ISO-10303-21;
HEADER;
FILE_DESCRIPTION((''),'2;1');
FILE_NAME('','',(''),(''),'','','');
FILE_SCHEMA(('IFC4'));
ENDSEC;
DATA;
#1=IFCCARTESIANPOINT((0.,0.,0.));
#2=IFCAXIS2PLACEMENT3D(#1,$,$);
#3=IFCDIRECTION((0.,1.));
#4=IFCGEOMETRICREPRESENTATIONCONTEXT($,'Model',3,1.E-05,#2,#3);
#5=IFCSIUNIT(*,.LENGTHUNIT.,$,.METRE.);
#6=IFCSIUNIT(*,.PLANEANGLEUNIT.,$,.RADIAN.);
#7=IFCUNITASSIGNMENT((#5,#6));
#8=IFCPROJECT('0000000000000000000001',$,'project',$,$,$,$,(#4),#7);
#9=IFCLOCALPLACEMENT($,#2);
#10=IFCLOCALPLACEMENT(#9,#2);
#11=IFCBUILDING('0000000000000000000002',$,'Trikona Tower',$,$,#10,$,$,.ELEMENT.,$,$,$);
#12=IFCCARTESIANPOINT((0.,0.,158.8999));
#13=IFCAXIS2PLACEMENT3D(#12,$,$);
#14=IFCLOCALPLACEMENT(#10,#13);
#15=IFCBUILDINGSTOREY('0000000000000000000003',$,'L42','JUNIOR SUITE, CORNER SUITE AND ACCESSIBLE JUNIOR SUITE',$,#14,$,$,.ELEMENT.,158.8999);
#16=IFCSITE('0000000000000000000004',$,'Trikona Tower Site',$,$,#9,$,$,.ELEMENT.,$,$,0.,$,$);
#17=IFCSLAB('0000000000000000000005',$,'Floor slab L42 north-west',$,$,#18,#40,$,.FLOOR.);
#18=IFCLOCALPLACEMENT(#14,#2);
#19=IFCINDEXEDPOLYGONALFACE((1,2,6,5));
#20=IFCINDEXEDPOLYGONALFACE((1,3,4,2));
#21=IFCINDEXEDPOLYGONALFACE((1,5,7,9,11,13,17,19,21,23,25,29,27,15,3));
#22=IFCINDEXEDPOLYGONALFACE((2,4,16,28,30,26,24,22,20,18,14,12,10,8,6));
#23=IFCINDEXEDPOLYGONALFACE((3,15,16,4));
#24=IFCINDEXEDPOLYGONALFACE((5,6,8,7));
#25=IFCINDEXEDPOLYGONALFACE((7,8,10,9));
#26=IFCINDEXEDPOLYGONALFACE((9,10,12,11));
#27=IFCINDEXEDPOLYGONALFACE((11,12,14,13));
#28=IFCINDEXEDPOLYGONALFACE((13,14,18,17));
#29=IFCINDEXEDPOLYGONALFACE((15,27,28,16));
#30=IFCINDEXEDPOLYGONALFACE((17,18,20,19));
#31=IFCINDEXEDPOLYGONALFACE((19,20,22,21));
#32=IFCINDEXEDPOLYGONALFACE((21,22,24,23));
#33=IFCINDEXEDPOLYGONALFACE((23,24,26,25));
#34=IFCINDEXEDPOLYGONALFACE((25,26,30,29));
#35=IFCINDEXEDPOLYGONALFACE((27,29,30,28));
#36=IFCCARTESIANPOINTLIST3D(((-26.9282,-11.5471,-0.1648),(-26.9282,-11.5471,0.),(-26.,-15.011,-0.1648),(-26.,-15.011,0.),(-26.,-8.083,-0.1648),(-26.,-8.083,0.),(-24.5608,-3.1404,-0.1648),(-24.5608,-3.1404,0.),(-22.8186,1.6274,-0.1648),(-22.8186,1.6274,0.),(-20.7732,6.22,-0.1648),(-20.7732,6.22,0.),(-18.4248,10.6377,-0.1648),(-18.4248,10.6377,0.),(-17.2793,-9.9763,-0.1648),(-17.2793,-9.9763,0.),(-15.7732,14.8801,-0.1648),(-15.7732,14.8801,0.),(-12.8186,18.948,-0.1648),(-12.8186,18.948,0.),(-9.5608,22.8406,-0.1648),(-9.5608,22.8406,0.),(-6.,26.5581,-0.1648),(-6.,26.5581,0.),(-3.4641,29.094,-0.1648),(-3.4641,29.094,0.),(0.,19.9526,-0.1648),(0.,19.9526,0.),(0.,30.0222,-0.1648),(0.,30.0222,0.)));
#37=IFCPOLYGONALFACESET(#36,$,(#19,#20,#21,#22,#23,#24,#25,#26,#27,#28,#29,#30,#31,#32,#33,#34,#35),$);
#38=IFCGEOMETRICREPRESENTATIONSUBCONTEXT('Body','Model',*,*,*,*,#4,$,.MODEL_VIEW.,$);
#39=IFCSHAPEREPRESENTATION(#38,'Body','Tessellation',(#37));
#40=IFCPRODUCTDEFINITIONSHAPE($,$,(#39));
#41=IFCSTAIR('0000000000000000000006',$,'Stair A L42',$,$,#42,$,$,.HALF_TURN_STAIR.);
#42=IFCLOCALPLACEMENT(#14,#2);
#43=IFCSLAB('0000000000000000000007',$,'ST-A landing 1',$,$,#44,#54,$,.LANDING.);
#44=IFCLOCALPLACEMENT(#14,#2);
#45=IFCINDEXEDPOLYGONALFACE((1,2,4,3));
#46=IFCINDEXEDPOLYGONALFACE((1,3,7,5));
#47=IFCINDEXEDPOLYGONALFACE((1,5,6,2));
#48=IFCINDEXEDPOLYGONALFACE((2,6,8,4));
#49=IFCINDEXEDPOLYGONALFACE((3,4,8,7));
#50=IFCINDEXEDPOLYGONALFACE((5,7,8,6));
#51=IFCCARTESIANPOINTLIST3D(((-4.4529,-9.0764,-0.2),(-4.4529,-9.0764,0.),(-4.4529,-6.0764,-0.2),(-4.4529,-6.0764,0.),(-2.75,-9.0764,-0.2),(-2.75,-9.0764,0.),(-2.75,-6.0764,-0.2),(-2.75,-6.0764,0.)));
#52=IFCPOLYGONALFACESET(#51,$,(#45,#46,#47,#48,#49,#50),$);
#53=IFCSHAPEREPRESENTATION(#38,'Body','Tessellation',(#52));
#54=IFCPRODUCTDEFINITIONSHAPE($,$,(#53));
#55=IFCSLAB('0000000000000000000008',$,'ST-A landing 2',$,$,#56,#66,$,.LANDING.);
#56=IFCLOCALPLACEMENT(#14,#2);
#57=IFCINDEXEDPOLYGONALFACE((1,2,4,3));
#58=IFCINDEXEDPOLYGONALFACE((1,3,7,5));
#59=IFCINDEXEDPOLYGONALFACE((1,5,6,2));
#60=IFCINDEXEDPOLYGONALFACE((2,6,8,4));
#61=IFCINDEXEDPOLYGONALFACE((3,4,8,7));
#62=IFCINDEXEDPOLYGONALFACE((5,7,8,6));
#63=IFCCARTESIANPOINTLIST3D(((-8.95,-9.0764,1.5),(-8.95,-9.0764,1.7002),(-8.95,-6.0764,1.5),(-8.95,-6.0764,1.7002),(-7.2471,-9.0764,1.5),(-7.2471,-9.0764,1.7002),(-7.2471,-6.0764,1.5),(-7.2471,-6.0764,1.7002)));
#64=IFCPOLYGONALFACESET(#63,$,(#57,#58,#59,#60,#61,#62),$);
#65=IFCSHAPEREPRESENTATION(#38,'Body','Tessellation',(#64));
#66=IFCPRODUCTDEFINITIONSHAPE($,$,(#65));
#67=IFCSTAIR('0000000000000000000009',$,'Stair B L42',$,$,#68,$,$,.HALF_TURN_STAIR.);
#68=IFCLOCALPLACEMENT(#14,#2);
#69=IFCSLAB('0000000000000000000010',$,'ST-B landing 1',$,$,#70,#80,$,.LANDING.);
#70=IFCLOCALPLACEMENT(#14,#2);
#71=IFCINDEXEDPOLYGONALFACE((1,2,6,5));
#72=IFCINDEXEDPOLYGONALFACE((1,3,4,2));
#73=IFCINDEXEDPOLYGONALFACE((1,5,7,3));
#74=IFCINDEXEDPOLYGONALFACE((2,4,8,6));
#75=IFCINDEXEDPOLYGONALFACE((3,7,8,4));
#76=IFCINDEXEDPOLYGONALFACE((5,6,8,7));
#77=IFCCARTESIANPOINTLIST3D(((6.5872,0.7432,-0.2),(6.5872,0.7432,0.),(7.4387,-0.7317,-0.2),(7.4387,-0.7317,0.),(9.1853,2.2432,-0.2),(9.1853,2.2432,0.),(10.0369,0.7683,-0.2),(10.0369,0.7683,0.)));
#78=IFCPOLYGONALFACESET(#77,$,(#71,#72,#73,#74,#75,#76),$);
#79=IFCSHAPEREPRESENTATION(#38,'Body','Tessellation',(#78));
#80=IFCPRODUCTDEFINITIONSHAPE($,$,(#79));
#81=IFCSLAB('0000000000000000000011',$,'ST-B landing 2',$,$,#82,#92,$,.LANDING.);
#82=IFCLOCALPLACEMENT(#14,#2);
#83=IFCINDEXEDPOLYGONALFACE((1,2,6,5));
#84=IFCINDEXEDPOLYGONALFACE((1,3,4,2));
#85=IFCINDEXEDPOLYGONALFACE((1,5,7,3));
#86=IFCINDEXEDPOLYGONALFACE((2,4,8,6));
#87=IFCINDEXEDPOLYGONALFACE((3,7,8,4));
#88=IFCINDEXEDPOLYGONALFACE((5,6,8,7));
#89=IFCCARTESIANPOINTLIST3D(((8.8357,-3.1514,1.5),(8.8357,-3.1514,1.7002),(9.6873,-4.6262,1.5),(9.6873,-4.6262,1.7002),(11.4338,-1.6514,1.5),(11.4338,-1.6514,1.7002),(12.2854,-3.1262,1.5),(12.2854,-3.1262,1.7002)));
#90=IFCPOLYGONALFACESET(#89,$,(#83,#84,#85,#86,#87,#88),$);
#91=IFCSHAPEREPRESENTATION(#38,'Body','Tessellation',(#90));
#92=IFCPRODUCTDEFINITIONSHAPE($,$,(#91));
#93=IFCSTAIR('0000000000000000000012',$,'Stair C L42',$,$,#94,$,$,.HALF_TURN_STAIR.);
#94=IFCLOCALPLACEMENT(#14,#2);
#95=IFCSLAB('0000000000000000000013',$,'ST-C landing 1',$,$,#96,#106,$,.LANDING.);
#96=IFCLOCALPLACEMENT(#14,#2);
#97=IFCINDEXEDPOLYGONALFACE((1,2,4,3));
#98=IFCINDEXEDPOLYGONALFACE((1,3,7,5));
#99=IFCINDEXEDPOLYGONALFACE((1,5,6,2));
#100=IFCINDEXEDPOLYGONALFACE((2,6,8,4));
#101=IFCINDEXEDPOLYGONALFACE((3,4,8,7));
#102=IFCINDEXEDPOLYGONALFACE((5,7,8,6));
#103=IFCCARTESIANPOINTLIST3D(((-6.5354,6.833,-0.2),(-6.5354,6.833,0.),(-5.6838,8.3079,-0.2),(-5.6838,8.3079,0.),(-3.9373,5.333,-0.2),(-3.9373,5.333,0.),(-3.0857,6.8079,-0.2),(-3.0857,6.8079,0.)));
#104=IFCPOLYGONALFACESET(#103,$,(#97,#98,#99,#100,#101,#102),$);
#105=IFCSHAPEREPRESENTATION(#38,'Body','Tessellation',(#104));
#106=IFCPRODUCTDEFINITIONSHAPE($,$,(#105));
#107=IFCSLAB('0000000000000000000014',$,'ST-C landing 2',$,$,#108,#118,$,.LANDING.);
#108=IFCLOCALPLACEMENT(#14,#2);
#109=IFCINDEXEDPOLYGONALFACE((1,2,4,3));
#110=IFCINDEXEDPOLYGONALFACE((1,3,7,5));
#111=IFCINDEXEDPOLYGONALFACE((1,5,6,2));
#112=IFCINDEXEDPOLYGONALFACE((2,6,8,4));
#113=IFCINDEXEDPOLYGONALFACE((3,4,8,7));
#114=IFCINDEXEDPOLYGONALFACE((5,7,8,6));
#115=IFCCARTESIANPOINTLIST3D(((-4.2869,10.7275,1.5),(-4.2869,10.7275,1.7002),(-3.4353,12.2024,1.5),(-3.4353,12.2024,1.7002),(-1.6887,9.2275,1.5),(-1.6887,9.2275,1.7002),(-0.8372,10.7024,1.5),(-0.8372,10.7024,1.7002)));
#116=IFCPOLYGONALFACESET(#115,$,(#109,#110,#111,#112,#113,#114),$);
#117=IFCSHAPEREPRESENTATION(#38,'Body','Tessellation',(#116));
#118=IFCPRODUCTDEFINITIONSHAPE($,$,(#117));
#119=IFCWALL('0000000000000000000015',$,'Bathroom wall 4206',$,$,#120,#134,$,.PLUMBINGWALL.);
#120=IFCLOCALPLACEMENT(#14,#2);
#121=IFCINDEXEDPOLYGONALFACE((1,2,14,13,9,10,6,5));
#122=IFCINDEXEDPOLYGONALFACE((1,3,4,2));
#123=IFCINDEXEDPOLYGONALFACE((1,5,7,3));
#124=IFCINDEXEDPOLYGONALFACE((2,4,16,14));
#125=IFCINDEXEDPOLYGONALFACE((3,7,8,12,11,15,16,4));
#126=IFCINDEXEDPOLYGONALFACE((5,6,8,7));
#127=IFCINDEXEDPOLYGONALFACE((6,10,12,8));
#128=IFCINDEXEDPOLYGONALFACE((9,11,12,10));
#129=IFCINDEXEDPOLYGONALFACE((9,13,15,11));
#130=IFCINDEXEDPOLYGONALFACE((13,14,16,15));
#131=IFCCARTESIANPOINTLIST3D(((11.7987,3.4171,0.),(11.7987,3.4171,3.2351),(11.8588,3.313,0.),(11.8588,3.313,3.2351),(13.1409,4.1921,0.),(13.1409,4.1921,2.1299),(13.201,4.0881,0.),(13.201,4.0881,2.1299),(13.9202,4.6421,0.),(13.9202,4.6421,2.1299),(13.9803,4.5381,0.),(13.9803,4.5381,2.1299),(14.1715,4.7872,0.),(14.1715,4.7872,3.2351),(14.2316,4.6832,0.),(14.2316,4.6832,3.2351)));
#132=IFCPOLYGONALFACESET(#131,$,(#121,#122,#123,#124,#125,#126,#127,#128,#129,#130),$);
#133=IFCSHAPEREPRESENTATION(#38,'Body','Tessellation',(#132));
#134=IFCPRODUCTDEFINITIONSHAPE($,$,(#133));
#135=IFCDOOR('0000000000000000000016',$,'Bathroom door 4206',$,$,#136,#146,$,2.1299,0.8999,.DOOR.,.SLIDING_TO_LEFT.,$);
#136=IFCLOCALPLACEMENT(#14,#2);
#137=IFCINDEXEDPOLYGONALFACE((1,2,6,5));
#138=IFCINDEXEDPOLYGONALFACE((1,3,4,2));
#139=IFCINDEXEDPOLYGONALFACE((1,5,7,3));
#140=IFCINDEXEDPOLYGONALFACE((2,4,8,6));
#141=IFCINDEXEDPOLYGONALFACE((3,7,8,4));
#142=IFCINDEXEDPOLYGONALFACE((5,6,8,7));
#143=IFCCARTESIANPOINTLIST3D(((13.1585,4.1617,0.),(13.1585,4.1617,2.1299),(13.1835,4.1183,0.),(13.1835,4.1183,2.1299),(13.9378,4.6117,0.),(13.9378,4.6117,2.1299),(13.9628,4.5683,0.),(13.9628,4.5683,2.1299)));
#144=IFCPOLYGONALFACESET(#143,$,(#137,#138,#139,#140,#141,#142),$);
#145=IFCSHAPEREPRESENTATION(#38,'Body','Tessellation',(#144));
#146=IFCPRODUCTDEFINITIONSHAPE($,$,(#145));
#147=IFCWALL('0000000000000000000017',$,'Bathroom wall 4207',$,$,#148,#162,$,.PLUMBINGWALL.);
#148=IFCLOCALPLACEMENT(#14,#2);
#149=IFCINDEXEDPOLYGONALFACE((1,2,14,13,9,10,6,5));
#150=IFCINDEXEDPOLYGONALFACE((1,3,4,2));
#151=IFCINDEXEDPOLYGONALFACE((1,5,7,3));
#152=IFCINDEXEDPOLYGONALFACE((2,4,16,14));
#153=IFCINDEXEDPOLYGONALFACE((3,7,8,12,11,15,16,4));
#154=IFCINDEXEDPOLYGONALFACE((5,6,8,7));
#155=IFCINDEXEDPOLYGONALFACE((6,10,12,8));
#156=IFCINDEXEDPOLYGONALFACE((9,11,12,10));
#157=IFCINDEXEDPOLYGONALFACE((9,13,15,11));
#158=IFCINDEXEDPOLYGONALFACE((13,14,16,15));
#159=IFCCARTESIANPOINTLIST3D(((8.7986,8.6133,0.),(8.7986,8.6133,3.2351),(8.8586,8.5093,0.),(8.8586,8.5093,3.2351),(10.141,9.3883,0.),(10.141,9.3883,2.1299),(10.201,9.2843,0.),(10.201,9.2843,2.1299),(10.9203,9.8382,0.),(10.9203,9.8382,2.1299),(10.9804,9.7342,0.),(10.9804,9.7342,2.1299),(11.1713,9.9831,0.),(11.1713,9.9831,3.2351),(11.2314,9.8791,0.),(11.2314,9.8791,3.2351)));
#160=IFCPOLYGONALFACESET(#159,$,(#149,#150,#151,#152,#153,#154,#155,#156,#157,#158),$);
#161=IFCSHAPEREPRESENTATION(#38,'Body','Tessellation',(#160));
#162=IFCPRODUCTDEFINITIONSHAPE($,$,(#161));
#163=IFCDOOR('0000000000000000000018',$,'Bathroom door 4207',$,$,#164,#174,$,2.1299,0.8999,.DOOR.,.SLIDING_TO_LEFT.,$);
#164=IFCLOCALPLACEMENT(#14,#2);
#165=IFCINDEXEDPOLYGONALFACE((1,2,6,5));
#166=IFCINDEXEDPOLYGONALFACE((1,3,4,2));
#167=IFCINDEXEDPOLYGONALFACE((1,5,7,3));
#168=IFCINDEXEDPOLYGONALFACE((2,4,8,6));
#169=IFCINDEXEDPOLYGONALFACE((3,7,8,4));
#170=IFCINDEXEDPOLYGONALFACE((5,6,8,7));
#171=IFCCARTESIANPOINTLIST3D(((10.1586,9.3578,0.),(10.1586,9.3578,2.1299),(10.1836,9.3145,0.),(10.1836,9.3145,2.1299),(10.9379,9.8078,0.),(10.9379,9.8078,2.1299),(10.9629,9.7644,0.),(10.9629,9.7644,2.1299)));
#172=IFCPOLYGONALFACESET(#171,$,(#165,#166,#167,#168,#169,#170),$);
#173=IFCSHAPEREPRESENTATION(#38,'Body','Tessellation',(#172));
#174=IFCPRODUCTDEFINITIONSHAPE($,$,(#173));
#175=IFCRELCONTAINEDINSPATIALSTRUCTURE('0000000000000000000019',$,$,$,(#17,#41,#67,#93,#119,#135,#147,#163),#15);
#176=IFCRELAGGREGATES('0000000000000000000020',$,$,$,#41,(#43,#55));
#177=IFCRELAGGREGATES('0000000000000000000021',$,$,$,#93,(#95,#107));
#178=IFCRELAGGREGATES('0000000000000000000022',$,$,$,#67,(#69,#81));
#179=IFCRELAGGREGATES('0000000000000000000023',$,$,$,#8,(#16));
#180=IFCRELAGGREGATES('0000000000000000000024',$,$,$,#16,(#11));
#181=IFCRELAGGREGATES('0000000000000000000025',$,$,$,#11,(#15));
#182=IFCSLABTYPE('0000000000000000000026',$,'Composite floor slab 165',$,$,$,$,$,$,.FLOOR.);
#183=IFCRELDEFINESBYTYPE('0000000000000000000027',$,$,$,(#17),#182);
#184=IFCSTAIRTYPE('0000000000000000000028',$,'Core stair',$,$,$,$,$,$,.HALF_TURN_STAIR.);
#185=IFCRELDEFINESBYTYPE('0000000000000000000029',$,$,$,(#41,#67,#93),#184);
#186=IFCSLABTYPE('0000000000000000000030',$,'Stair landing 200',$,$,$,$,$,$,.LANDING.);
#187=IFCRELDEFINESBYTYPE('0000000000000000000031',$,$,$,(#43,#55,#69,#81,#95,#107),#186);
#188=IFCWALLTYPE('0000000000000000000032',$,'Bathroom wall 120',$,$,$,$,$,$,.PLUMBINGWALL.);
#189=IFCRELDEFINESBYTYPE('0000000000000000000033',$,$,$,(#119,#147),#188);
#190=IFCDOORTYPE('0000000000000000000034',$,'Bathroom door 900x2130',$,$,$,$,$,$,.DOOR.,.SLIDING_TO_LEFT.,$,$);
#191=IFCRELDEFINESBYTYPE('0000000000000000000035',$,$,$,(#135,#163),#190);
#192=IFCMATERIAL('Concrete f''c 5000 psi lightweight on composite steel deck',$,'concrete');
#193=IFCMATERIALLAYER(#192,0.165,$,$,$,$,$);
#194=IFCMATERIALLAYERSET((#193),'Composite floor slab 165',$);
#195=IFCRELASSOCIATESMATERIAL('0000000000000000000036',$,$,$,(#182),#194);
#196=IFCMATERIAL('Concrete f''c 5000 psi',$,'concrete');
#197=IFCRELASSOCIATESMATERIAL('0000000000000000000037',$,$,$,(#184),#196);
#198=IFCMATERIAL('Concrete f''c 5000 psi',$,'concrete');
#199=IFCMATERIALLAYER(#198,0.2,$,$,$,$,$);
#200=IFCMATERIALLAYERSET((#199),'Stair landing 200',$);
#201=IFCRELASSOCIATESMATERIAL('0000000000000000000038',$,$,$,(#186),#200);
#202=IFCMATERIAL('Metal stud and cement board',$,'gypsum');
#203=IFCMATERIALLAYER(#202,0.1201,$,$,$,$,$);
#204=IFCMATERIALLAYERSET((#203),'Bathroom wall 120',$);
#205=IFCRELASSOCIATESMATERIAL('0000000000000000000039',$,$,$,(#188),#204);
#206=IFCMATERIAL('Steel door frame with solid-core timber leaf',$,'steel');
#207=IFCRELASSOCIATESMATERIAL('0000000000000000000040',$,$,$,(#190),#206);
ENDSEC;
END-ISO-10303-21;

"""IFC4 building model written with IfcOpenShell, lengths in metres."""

from ifc_helpers import new_model, si_unit, direction, frame, frame_2d, origin, place, context, subcontext, project, spatial, polyline, rectangle, outline, extrude, material, layer, layer_set, type_object, element, fill, aggregate, save


model = new_model("IFC4")

# Units and contexts
model_context = context("Model", 3, precision=1e-05, world=origin(), true_north=direction((0.0, 1.0)))
body_context = subcontext(model_context, "Body", "Model", "MODEL_VIEW")
ifc_project = project(units=[si_unit("LENGTHUNIT", "METRE"), si_unit("PLANEANGLEUNIT", "RADIAN")], contexts=[model_context])

# Site, building, storey
site_placement = place(None, origin())
site = spatial("IfcSite", under=ifc_project, at=site_placement, Name="Trikona Tower Site", CompositionType="ELEMENT", RefElevation=0.0)
building_placement = place(site_placement, origin())
building = spatial("IfcBuilding", under=site, at=building_placement, Name="Trikona Tower", CompositionType="ELEMENT")
storey_placement = place(building_placement, frame((0.0, 0.0, 158.8999)))
storey = spatial("IfcBuildingStorey", under=building, at=storey_placement, Name="L42", Description="JUNIOR SUITE, CORNER SUITE AND ACCESSIBLE JUNIOR SUITE", CompositionType="ELEMENT", Elevation=158.8999)

# Slab
ifc_material_1 = material(Name="Concrete f'c 5000 psi lightweight on composite steel deck", Category="concrete")
ifc_layer_1 = layer(ifc_material_1, 0.165)
ifc_layer_set_1 = layer_set([ifc_layer_1], Name="Composite floor slab 165")
slab_type_1 = type_object("IfcSlabType", Name="Composite floor slab 165", PredefinedType="FLOOR", material=ifc_layer_set_1)
slab_1_placement = place(storey_placement, frame((0.0, 0.0, -0.1648)))
element("IfcSlab", 1, at=slab_1_placement, inside=storey, type_object=slab_type_1, Name="Floor slab L42 north-west", PredefinedType="FLOOR", context=body_context, shape_type="SweptSolid", body=[
    extrude(outline(polyline([(0.0, 19.9526), (0.0, 30.0222), (-3.4641, 29.094), (-6.0, 26.5581), (-9.5608, 22.8406), (-12.8186, 18.948), (-15.7732, 14.8801), (-18.4248, 10.6377), (-20.7732, 6.22), (-22.8186, 1.6274), (-24.5608, -3.1404), (-26.0, -8.083), (-26.9282, -11.5471), (-26.0, -15.011), (-17.2793, -9.9763), (0.0, 19.9526)])), origin(), (0.0, 0.0, 1.0), 0.1648),
])

# Stairs, slabs
ifc_material_2 = material(Name="Concrete f'c 5000 psi", Category="concrete")
stair_type = type_object("IfcStairType", Name="Core stair", PredefinedType="HALF_TURN_STAIR", material=ifc_material_2)
stair_1_placement = place(storey_placement, origin())
stair_1 = element("IfcStair", 2, at=stair_1_placement, inside=storey, type_object=stair_type, Name="Stair A L42", PredefinedType="HALF_TURN_STAIR")
ifc_material_3 = material(Name="Concrete f'c 5000 psi", Category="concrete")
ifc_layer_2 = layer(ifc_material_3, 0.2)
ifc_layer_set_2 = layer_set([ifc_layer_2], Name="Stair landing 200")
slab_type_2 = type_object("IfcSlabType", Name="Stair landing 200", PredefinedType="LANDING", material=ifc_layer_set_2)
slab_2_placement = place(storey_placement, frame((0.0, 0.0, -0.2)))
slab_2 = element("IfcSlab", 3, at=slab_2_placement, type_object=slab_type_2, Name="ST-A landing 1", PredefinedType="LANDING", context=body_context, shape_type="SweptSolid", body=[
    extrude(outline(polyline([(-4.4529, -6.0764), (-2.75, -6.0764), (-2.75, -9.0764), (-4.4529, -9.0764), (-4.4529, -6.0764)])), origin(), (0.0, 0.0, 1.0), 0.2),
])
slab_3_placement = place(storey_placement, frame((0.0, 0.0, 1.5)))
slab_3 = element("IfcSlab", 4, at=slab_3_placement, type_object=slab_type_2, Name="ST-A landing 2", PredefinedType="LANDING", context=body_context, shape_type="SweptSolid", body=[
    extrude(outline(polyline([(-8.95, -6.0764), (-7.2471, -6.0764), (-7.2471, -9.0764), (-8.95, -9.0764), (-8.95, -6.0764)])), origin(), (0.0, 0.0, 1.0), 0.2002),
])
aggregate(stair_1, [slab_2, slab_3])
stair_2_placement = place(storey_placement, origin())
stair_2 = element("IfcStair", 5, at=stair_2_placement, inside=storey, type_object=stair_type, Name="Stair B L42", PredefinedType="HALF_TURN_STAIR")
slab_4_placement = place(storey_placement, frame((0.0, 0.0, -0.2)))
slab_4 = element("IfcSlab", 6, at=slab_4_placement, type_object=slab_type_2, Name="ST-B landing 1", PredefinedType="LANDING", context=body_context, shape_type="SweptSolid", body=[
    extrude(outline(polyline([(7.4387, -0.7317), (6.5872, 0.7432), (9.1853, 2.2432), (10.0369, 0.7683), (7.4387, -0.7317)])), origin(), (0.0, 0.0, 1.0), 0.2),
])
slab_5_placement = place(storey_placement, frame((0.0, 0.0, 1.5)))
slab_5 = element("IfcSlab", 7, at=slab_5_placement, type_object=slab_type_2, Name="ST-B landing 2", PredefinedType="LANDING", context=body_context, shape_type="SweptSolid", body=[
    extrude(outline(polyline([(9.6873, -4.6262), (8.8357, -3.1514), (11.4338, -1.6514), (12.2854, -3.1262), (9.6873, -4.6262)])), origin(), (0.0, 0.0, 1.0), 0.2002),
])
stair_3_placement = place(storey_placement, origin())
stair_3 = element("IfcStair", 8, at=stair_3_placement, inside=storey, type_object=stair_type, Name="Stair C L42", PredefinedType="HALF_TURN_STAIR")
slab_6_placement = place(storey_placement, frame((0.0, 0.0, -0.2)))
slab_6 = element("IfcSlab", 9, at=slab_6_placement, type_object=slab_type_2, Name="ST-C landing 1", PredefinedType="LANDING", context=body_context, shape_type="SweptSolid", body=[
    extrude(outline(polyline([(-3.0857, 6.8079), (-3.9373, 5.333), (-6.5354, 6.833), (-5.6838, 8.3079), (-3.0857, 6.8079)])), origin(), (0.0, 0.0, 1.0), 0.2),
])
slab_7_placement = place(storey_placement, frame((0.0, 0.0, 1.5)))
slab_7 = element("IfcSlab", 10, at=slab_7_placement, type_object=slab_type_2, Name="ST-C landing 2", PredefinedType="LANDING", context=body_context, shape_type="SweptSolid", body=[
    extrude(outline(polyline([(-0.8372, 10.7024), (-1.6887, 9.2275), (-4.2869, 10.7275), (-3.4353, 12.2024), (-0.8372, 10.7024)])), origin(), (0.0, 0.0, 1.0), 0.2002),
])
aggregate(stair_3, [slab_6, slab_7])

# Walls, openings, doors
ifc_material_4 = material(Name="Metal stud and cement board", Category="gypsum")
ifc_layer_3 = layer(ifc_material_4, 0.1201)
ifc_layer_set_3 = layer_set([ifc_layer_3], Name="Bathroom wall 120")
wall_type_1 = type_object("IfcWallType", Name="Bathroom wall 120", PredefinedType="PLUMBINGWALL", material=ifc_layer_set_3)
wall_1_placement = place(storey_placement, frame((11.8286, 3.365, 0.0), z_axis=(0.0, 0.0, 1.0), x_axis=(0.865997, 0.500049, 0.0)))
wall_1 = element("IfcWall", 11, at=wall_1_placement, inside=storey, type_object=wall_type_1, Name="Bathroom wall 4206", PredefinedType="PLUMBINGWALL", context=body_context, shape_type="SweptSolid", body=[
    extrude(rectangle(XDim=2.74, YDim=0.1201, at=frame_2d((1.3701, 0.0))), origin(), (0.0, 0.0, 1.0), 3.2351),
])
opening_1_placement = place(wall_1_placement, frame((1.55, 0.0, 0.0)))
opening_1 = element("IfcOpeningElement", 12, at=opening_1_placement, cuts=wall_1, PredefinedType="OPENING", context=body_context, shape_type="SweptSolid", body=[
    extrude(rectangle(XDim=0.8999, YDim=2.1299, at=frame_2d((0.45, 1.0649))), frame((0.0, 0.0701, 0.0), z_axis=(0.0, -1.0, 0.0), x_axis=(1.0, 0.0, 0.0)), (0.0, 0.0, 1.0), 0.1401),
])
ifc_material_5 = material(Name="Steel door frame with solid-core timber leaf", Category="steel")
door_type_1 = type_object("IfcDoorType", Name="Bathroom door 900x2130", OperationType="SLIDING_TO_LEFT", PredefinedType="DOOR", material=ifc_material_5)
door_1_placement = place(opening_1_placement, origin())
door_1 = element("IfcDoor", 13, at=door_1_placement, inside=storey, type_object=door_type_1, Name="Bathroom door 4206", OperationType="SLIDING_TO_LEFT", OverallHeight=2.1299, OverallWidth=0.8999, PredefinedType="DOOR", context=body_context, shape_type="SweptSolid", body=[
    extrude(rectangle(XDim=0.8999, YDim=2.1299, at=frame_2d((0.45, 1.0649))), frame((0.0, 0.0249, 0.0), z_axis=(0.0, -1.0, 0.0), x_axis=(1.0, 0.0, 0.0)), (0.0, 0.0, 1.0), 0.05),
])
fill(opening_1, door_1)
wall_2_placement = place(storey_placement, frame((8.8286, 8.5613, 0.0), z_axis=(0.0, 0.0, 1.0), x_axis=(0.866036, 0.499982, 0.0)))
wall_2 = element("IfcWall", 14, at=wall_2_placement, inside=storey, type_object=wall_type_1, Name="Bathroom wall 4207", PredefinedType="PLUMBINGWALL", context=body_context, shape_type="SweptSolid", body=[
    extrude(rectangle(XDim=2.7397, YDim=0.1201, at=frame_2d((1.3699, 0.0))), origin(), (0.0, 0.0, 1.0), 3.2351),
])
opening_2_placement = place(wall_2_placement, frame((1.55, 0.0, 0.0)))
opening_2 = element("IfcOpeningElement", 15, at=opening_2_placement, cuts=wall_2, PredefinedType="OPENING", context=body_context, shape_type="SweptSolid", body=[
    extrude(rectangle(XDim=0.8999, YDim=2.1299, at=frame_2d((0.45, 1.0649))), frame((0.0, 0.0701, 0.0), z_axis=(0.0, -1.0, 0.0), x_axis=(1.0, 0.0, 0.0)), (0.0, 0.0, 1.0), 0.1401),
])
door_2_placement = place(opening_2_placement, origin())
door_2 = element("IfcDoor", 16, at=door_2_placement, inside=storey, type_object=door_type_1, Name="Bathroom door 4207", OperationType="SLIDING_TO_LEFT", OverallHeight=2.1299, OverallWidth=0.8999, PredefinedType="DOOR", context=body_context, shape_type="SweptSolid", body=[
    extrude(rectangle(XDim=0.8999, YDim=2.1299, at=frame_2d((0.45, 1.0649))), frame((0.0, 0.0249, 0.0), z_axis=(0.0, -1.0, 0.0), x_axis=(1.0, 0.0, 0.0)), (0.0, 0.0, 1.0), 0.05),
])
fill(opening_2, door_2)

aggregate(stair_2, [slab_4, slab_5])

save(model, "model.ifc")
